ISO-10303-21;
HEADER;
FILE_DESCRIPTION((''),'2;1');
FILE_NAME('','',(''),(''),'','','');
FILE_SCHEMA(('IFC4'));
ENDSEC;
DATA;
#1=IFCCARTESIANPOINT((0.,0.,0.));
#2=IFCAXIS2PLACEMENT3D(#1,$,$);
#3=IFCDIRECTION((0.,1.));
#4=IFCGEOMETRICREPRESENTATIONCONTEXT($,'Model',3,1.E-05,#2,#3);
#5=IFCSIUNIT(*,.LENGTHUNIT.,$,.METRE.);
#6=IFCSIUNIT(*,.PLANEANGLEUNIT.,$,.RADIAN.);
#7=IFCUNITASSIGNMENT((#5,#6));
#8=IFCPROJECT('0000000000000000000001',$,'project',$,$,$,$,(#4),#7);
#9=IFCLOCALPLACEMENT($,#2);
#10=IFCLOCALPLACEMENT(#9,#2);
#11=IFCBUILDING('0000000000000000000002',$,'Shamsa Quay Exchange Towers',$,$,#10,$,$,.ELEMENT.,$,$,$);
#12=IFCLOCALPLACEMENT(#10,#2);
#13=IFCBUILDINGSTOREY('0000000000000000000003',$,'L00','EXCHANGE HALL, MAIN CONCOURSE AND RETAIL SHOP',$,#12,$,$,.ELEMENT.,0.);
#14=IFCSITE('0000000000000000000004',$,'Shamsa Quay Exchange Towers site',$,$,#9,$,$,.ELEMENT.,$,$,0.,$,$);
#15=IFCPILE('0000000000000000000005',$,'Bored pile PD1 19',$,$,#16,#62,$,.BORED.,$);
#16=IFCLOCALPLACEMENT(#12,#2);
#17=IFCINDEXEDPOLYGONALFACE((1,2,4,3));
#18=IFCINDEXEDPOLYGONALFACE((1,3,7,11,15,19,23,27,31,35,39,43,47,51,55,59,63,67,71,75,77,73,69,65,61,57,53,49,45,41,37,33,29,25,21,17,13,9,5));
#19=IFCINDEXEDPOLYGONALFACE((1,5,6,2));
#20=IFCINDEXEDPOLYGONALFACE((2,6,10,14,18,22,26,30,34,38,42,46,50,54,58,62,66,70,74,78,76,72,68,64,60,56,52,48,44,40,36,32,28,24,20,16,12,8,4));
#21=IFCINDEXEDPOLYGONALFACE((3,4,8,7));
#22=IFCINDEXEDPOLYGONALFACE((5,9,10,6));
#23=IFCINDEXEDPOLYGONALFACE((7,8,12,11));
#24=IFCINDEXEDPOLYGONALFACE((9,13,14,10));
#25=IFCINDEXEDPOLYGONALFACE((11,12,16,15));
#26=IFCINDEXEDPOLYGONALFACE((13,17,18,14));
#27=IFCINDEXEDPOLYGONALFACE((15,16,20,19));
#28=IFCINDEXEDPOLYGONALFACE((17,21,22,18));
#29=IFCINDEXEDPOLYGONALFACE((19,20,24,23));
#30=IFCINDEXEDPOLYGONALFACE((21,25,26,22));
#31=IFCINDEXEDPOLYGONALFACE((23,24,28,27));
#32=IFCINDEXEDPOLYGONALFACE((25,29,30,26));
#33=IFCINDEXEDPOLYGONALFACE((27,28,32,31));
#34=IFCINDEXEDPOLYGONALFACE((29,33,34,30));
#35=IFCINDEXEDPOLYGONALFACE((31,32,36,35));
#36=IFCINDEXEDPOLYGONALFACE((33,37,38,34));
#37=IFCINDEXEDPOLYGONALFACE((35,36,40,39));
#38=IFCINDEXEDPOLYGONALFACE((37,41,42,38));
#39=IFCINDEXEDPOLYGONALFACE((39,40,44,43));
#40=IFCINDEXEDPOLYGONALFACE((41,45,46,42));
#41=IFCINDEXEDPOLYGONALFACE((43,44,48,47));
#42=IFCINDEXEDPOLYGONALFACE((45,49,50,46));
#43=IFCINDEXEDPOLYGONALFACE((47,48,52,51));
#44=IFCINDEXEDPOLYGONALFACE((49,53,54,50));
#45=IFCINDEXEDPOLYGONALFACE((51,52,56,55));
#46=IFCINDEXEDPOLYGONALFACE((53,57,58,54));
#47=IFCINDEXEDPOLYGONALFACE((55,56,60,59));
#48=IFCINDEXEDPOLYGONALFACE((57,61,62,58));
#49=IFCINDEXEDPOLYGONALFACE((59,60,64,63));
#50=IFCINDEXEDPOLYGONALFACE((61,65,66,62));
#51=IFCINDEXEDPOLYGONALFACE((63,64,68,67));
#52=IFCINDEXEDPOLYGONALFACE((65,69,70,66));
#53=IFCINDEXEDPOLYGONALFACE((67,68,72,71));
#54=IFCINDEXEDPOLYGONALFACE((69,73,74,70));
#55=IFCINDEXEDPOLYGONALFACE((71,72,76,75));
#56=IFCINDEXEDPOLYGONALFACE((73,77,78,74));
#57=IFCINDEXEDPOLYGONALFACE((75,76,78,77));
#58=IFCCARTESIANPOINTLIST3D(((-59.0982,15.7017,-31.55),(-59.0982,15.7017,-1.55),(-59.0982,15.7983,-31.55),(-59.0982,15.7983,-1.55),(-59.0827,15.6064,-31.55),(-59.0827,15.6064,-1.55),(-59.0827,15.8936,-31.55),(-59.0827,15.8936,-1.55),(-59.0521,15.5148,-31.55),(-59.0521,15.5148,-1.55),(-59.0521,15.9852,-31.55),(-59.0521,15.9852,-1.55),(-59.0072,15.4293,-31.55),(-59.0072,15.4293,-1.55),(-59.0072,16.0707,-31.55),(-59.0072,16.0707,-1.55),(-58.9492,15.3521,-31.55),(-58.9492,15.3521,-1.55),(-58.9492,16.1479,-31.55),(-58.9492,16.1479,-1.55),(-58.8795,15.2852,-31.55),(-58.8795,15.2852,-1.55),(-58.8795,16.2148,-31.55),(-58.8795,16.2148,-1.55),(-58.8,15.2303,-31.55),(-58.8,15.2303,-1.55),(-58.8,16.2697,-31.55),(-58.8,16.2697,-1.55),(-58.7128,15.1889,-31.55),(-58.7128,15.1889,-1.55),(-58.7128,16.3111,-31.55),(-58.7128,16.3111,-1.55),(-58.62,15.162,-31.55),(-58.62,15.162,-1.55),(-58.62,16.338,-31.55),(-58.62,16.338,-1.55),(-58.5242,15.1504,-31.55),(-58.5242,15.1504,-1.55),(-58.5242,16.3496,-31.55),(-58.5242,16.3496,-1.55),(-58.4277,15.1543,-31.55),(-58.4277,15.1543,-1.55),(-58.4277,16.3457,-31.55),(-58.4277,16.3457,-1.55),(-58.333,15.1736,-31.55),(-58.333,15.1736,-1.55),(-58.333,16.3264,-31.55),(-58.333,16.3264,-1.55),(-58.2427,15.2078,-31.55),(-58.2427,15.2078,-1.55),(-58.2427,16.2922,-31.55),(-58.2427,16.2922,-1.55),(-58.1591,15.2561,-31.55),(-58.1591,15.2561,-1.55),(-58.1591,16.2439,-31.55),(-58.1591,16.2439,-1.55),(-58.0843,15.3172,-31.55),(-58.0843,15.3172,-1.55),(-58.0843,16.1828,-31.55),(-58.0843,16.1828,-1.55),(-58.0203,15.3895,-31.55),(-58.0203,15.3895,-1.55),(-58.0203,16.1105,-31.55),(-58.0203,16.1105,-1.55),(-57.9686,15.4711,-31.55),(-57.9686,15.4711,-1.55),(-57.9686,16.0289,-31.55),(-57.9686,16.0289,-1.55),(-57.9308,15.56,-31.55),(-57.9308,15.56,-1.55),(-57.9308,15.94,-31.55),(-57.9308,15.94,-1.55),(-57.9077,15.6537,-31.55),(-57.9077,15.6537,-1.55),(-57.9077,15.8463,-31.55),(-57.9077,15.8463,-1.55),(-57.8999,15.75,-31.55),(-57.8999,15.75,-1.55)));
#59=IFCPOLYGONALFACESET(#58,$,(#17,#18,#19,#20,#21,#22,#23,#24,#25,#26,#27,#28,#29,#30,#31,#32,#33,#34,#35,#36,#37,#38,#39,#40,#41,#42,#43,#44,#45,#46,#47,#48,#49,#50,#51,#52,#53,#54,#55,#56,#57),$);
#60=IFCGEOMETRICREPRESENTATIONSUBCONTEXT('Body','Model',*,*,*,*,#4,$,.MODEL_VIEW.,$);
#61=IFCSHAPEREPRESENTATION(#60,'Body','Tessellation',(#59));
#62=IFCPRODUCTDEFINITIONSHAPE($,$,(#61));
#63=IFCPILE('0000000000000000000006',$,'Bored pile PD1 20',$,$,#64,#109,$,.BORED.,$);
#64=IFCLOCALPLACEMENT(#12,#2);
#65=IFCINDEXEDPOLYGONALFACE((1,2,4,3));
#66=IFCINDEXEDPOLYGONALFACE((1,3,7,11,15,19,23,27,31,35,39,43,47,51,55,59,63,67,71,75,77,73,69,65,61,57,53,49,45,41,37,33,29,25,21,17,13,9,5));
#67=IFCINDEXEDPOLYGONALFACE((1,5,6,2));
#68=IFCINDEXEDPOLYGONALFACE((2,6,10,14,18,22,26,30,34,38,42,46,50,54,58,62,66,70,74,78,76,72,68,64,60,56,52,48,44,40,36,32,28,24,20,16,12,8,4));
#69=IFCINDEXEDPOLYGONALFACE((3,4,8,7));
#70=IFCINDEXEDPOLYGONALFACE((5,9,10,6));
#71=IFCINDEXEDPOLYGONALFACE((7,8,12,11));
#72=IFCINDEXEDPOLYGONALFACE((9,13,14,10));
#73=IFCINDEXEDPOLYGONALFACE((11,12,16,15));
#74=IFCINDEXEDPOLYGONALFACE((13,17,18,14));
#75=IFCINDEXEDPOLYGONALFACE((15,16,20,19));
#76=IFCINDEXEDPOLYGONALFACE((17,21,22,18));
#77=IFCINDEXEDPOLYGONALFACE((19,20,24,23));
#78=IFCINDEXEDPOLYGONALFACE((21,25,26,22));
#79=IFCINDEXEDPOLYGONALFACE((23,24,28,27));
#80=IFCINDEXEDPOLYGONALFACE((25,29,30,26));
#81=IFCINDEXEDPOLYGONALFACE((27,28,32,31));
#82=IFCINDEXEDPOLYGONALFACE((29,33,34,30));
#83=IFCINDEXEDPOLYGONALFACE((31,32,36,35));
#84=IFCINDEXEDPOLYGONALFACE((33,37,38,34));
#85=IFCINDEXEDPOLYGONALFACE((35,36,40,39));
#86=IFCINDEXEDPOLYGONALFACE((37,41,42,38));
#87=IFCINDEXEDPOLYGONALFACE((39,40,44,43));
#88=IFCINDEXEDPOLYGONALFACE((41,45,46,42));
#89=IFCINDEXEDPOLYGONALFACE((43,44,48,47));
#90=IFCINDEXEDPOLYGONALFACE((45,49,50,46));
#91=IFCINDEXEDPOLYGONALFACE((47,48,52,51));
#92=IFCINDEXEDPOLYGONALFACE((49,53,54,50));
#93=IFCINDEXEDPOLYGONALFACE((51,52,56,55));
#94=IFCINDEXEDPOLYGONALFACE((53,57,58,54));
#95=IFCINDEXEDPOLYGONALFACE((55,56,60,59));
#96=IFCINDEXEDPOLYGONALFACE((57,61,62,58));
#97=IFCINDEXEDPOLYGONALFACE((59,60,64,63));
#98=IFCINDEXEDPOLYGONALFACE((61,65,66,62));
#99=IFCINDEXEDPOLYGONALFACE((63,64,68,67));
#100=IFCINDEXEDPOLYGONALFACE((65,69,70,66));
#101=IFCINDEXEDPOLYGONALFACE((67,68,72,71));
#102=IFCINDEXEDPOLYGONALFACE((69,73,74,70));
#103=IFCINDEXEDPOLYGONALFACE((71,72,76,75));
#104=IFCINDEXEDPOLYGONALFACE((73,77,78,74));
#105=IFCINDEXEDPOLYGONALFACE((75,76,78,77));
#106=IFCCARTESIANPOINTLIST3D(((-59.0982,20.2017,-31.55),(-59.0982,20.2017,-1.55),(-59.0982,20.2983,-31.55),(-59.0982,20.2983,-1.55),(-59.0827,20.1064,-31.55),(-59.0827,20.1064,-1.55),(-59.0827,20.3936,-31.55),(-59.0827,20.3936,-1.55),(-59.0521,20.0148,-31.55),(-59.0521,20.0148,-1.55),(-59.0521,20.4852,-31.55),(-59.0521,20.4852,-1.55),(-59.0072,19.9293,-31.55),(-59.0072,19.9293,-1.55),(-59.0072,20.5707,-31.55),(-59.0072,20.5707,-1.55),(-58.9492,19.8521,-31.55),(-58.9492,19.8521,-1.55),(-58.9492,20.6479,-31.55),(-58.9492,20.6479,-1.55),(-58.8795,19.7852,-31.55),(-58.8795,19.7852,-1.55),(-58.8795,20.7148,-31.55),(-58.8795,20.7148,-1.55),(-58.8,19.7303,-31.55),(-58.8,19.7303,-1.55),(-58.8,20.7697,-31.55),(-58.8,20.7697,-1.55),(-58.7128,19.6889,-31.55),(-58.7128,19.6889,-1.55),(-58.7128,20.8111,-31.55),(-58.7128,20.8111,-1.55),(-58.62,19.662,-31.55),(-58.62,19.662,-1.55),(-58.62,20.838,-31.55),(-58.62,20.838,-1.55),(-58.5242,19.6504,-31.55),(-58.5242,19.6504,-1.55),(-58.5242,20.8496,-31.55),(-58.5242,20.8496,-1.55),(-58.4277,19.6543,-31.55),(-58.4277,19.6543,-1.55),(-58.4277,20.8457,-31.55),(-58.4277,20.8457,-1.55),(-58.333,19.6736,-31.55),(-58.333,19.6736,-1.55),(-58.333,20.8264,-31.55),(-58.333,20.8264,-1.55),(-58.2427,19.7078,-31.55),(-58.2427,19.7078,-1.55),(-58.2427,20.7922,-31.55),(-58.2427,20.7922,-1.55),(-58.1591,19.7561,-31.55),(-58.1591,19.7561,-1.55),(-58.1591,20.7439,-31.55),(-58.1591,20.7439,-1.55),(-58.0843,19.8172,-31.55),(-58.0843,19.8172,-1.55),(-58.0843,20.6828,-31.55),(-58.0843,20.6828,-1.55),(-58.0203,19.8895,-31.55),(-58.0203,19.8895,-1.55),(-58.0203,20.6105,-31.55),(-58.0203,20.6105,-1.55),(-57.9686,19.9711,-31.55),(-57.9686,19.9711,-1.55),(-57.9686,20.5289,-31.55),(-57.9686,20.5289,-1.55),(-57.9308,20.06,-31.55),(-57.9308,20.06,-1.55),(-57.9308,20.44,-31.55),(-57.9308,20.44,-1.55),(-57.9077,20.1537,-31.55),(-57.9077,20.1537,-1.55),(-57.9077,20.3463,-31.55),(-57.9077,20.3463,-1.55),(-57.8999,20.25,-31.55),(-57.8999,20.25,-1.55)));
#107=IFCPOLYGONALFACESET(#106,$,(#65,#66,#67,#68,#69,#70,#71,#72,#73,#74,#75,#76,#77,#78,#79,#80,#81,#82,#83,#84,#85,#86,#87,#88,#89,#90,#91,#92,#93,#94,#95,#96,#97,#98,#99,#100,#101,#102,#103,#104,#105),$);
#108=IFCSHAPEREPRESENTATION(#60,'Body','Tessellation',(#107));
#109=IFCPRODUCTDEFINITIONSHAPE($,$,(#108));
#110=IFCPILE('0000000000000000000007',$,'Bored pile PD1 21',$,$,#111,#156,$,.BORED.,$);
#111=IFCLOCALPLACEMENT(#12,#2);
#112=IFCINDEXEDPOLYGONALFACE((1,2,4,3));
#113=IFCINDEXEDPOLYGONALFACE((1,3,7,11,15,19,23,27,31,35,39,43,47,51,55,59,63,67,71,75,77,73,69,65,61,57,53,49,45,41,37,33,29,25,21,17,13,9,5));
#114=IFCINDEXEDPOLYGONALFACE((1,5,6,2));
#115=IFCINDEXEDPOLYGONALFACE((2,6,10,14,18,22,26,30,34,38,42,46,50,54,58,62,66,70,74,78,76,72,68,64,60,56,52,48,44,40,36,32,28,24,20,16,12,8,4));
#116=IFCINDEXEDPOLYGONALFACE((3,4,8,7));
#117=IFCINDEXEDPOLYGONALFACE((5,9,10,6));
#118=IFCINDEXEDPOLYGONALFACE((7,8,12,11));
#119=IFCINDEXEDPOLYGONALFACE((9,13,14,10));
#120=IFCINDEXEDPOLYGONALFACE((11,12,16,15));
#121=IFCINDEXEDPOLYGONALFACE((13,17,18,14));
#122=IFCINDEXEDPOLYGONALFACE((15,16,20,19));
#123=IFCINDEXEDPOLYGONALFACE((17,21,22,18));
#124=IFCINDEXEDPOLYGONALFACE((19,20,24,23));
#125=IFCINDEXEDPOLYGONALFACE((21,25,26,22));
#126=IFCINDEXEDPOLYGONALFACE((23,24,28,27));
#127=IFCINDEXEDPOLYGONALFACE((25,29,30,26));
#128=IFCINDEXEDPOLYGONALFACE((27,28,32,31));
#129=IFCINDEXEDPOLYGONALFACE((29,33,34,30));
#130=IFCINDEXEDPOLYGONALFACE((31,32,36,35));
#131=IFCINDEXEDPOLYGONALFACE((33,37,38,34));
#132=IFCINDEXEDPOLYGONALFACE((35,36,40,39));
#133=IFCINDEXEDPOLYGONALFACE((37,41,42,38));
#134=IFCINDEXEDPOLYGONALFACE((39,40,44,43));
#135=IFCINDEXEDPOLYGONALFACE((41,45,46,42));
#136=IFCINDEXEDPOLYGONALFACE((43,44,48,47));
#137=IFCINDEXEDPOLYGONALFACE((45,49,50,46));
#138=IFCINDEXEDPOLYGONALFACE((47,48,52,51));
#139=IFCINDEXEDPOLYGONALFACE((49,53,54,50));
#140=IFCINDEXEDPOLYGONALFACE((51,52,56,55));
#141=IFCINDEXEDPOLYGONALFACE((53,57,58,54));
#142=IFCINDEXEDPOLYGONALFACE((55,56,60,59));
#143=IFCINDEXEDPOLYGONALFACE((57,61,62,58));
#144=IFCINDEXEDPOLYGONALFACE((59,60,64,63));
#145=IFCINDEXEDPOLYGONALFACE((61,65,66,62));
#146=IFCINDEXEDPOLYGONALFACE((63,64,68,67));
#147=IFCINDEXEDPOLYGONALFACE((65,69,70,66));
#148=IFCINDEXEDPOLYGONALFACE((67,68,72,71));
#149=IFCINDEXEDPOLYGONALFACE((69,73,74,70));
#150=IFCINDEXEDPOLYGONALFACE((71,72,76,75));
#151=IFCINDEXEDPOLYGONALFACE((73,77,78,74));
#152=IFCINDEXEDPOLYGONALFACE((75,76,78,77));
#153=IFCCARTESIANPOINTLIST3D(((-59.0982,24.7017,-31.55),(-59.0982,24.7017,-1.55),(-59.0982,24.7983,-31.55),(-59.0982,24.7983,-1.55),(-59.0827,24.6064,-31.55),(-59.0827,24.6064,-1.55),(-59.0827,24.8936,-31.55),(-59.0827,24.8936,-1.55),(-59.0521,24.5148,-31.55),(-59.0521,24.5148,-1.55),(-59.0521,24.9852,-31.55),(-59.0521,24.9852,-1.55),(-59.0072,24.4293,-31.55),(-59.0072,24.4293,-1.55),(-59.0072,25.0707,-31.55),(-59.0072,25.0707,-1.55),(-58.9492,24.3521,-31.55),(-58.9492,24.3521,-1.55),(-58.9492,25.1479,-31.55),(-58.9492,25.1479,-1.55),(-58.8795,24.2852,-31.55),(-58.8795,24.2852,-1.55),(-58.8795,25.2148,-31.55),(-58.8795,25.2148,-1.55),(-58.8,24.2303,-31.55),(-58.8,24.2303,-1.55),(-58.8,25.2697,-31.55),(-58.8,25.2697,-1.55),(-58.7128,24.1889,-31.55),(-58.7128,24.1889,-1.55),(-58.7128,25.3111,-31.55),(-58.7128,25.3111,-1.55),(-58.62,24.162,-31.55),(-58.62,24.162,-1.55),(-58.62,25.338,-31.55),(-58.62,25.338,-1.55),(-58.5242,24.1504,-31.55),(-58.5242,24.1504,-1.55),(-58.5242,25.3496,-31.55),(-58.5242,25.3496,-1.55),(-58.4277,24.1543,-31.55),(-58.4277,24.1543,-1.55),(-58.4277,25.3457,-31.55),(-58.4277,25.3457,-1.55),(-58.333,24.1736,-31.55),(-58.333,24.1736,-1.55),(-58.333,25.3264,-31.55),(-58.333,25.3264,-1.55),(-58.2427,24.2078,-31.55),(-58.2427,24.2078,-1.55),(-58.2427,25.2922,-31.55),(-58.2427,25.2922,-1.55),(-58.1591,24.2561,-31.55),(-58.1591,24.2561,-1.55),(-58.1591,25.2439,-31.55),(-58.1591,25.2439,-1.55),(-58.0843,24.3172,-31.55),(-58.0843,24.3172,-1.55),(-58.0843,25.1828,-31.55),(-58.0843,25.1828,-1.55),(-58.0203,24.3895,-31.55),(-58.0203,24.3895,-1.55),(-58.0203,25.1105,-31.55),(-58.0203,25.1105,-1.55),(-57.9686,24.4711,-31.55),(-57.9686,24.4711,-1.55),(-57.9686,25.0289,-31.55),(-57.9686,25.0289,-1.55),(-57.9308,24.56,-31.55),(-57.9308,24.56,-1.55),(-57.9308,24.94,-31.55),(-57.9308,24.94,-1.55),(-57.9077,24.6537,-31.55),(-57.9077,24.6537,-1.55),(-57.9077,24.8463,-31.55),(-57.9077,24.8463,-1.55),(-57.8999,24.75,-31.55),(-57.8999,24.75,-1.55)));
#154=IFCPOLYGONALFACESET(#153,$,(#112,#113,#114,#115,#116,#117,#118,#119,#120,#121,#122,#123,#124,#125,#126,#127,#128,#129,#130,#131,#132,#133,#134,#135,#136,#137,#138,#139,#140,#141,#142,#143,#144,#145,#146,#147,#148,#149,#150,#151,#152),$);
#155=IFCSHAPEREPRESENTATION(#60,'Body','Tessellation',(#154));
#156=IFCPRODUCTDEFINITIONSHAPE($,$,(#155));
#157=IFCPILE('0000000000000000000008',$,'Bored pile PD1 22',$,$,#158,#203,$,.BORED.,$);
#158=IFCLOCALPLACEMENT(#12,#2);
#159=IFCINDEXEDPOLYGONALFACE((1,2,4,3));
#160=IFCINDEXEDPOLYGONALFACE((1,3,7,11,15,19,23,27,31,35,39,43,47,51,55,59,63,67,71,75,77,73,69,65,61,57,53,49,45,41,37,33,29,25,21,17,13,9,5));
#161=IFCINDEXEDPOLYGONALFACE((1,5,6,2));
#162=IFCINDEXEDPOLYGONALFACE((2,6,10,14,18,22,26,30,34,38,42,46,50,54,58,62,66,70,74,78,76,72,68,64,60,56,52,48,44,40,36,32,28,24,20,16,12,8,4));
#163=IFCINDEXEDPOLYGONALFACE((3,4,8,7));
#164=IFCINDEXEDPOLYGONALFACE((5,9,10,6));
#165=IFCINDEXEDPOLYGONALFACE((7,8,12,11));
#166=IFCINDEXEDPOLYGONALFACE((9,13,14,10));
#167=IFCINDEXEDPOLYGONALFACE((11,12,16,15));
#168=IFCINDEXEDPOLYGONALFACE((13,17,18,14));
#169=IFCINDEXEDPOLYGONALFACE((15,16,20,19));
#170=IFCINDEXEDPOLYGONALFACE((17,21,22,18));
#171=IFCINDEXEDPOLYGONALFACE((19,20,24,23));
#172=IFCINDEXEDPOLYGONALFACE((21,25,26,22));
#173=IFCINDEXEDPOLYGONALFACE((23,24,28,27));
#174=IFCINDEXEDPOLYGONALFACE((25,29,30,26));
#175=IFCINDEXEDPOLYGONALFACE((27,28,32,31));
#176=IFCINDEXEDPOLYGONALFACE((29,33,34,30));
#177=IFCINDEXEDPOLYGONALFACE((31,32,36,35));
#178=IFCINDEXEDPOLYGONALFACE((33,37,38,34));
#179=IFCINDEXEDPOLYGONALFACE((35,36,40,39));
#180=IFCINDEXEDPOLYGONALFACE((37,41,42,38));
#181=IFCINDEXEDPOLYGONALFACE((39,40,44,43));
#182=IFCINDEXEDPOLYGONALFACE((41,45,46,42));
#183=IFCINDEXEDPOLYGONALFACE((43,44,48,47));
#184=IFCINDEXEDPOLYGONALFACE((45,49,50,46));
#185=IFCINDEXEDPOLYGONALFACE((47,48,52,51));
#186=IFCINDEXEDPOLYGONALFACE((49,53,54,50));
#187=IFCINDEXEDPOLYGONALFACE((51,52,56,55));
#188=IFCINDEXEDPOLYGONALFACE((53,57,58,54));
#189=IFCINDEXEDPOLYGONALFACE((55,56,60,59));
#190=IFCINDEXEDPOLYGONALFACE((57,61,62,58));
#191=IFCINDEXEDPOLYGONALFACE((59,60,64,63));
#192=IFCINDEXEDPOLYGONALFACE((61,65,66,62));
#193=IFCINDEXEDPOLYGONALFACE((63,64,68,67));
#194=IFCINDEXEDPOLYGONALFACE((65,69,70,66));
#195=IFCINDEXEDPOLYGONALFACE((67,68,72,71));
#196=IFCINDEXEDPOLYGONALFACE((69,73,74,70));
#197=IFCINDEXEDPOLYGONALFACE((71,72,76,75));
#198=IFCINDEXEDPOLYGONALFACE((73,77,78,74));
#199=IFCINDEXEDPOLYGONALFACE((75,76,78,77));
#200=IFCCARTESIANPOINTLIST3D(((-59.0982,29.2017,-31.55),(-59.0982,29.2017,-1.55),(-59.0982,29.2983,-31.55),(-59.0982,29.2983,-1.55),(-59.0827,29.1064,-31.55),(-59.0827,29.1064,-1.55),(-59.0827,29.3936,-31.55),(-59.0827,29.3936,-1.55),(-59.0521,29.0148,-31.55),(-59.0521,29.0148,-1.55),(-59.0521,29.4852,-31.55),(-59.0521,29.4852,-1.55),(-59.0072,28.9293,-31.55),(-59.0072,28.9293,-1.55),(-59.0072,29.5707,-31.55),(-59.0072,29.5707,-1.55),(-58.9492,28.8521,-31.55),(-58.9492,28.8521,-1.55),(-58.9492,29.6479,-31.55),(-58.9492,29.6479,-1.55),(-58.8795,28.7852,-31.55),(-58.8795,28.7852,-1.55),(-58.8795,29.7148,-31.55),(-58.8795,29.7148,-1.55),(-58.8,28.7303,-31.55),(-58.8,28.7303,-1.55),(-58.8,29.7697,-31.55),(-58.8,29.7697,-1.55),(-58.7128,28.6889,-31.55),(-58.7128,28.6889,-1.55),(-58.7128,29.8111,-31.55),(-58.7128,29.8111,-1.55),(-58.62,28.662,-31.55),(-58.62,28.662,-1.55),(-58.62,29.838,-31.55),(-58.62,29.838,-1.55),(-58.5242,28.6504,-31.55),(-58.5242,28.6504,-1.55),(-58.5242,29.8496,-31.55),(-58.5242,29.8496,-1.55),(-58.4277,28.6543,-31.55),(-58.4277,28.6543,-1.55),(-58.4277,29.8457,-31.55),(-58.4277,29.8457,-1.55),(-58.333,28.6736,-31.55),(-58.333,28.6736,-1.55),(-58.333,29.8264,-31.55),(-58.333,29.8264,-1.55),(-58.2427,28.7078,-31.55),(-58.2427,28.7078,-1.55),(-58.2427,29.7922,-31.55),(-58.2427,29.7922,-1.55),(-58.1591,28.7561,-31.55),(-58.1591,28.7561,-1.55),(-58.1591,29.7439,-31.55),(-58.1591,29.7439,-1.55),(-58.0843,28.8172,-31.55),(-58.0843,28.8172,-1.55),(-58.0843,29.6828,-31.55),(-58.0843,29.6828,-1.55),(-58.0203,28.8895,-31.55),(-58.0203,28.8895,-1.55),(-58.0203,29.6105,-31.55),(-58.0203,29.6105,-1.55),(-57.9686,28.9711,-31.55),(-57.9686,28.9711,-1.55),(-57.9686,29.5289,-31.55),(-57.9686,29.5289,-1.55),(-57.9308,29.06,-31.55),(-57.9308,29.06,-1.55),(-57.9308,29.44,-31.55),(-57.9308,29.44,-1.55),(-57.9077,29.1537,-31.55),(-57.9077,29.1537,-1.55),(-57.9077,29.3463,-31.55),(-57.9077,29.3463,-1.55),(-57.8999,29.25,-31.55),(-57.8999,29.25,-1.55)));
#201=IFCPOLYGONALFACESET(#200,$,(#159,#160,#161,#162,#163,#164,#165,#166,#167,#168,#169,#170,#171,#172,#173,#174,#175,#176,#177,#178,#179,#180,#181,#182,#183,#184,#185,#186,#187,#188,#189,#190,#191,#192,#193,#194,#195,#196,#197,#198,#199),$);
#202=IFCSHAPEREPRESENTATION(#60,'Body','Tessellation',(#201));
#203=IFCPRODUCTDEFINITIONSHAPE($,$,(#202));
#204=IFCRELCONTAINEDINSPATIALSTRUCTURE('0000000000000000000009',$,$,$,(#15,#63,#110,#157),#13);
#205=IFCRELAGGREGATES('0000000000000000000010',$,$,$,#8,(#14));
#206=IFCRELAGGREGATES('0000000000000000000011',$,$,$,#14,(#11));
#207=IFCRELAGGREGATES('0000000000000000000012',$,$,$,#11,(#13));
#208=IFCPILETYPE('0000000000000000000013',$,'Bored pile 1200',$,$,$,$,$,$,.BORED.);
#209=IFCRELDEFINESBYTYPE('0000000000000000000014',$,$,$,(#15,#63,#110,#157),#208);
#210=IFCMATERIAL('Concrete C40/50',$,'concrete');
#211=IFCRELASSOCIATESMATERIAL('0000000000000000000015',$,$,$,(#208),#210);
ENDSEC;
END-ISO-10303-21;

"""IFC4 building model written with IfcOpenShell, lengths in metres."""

from ifc_helpers import new_model, si_unit, direction, frame, origin, origin_2d, place, context, subcontext, project, spatial, circle, extrude, material, material_profile, profile_set, type_object, element, save


model = new_model("IFC4")

# Units and contexts
model_context = context("Model", 3, precision=1e-05, world=origin(), true_north=direction((0.0, 1.0)))
body_context = subcontext(model_context, "Body", "Model", "MODEL_VIEW")
ifc_project = project(units=[si_unit("LENGTHUNIT", "METRE"), si_unit("PLANEANGLEUNIT", "RADIAN")], contexts=[model_context])

# Site, building, storey
site_placement = place(None, origin())
site = spatial("IfcSite", under=ifc_project, at=site_placement, Name="Shamsa Quay Exchange Towers site", CompositionType="ELEMENT", RefElevation=0.0)
building_placement = place(site_placement, origin())
building = spatial("IfcBuilding", under=site, at=building_placement, Name="Shamsa Quay Exchange Towers", CompositionType="ELEMENT")
storey_placement = place(building_placement, origin())
storey = spatial("IfcBuildingStorey", under=building, at=storey_placement, Name="L00", Description="EXCHANGE HALL, MAIN CONCOURSE AND RETAIL SHOP", CompositionType="ELEMENT", Elevation=0.0)

# Piles
ifc_material_1 = material(Name="Concrete C40/50", Category="concrete")
ifc_material_profile_1 = material_profile(ifc_material_1, circle(Radius=0.6001, at=origin_2d()), Name="BP1200")
ifc_profile_set_1 = profile_set([ifc_material_profile_1], Name="Concrete C40/50")
pile_type = type_object("IfcPileType", Name="Bored pile 1200", PredefinedType="BORED", material=ifc_profile_set_1)
for number, where, z_axis, x_axis, name in (
    (1, (-58.5, 15.75, -1.55), (0.0, 0.0, -1.0), (1.0, 0.0, 0.0), "Bored pile PD1 19"),
    (2, (-58.5, 20.25, -1.55), (0.0, 0.0, -1.0), (1.0, 0.0, 0.0), "Bored pile PD1 20"),
    (3, (-58.5, 24.75, -1.55), (0.0, 0.0, -1.0), (1.0, 0.0, 0.0), "Bored pile PD1 21"),
    (4, (-58.5, 29.25, -1.55), (0.0, 0.0, -1.0), (1.0, 0.0, 0.0), "Bored pile PD1 22"),
):
    element("IfcPile", number, at=place(storey_placement, frame(where, z_axis=z_axis, x_axis=x_axis)), inside=storey, type_object=pile_type, Name=name, PredefinedType="BORED", context=body_context, shape_type="SweptSolid", body=[
        extrude(circle(Radius=0.6001, at=origin_2d()), origin(), (0.0, 0.0, 1.0), 30.0),
    ])

save(model, "model.ifc")
